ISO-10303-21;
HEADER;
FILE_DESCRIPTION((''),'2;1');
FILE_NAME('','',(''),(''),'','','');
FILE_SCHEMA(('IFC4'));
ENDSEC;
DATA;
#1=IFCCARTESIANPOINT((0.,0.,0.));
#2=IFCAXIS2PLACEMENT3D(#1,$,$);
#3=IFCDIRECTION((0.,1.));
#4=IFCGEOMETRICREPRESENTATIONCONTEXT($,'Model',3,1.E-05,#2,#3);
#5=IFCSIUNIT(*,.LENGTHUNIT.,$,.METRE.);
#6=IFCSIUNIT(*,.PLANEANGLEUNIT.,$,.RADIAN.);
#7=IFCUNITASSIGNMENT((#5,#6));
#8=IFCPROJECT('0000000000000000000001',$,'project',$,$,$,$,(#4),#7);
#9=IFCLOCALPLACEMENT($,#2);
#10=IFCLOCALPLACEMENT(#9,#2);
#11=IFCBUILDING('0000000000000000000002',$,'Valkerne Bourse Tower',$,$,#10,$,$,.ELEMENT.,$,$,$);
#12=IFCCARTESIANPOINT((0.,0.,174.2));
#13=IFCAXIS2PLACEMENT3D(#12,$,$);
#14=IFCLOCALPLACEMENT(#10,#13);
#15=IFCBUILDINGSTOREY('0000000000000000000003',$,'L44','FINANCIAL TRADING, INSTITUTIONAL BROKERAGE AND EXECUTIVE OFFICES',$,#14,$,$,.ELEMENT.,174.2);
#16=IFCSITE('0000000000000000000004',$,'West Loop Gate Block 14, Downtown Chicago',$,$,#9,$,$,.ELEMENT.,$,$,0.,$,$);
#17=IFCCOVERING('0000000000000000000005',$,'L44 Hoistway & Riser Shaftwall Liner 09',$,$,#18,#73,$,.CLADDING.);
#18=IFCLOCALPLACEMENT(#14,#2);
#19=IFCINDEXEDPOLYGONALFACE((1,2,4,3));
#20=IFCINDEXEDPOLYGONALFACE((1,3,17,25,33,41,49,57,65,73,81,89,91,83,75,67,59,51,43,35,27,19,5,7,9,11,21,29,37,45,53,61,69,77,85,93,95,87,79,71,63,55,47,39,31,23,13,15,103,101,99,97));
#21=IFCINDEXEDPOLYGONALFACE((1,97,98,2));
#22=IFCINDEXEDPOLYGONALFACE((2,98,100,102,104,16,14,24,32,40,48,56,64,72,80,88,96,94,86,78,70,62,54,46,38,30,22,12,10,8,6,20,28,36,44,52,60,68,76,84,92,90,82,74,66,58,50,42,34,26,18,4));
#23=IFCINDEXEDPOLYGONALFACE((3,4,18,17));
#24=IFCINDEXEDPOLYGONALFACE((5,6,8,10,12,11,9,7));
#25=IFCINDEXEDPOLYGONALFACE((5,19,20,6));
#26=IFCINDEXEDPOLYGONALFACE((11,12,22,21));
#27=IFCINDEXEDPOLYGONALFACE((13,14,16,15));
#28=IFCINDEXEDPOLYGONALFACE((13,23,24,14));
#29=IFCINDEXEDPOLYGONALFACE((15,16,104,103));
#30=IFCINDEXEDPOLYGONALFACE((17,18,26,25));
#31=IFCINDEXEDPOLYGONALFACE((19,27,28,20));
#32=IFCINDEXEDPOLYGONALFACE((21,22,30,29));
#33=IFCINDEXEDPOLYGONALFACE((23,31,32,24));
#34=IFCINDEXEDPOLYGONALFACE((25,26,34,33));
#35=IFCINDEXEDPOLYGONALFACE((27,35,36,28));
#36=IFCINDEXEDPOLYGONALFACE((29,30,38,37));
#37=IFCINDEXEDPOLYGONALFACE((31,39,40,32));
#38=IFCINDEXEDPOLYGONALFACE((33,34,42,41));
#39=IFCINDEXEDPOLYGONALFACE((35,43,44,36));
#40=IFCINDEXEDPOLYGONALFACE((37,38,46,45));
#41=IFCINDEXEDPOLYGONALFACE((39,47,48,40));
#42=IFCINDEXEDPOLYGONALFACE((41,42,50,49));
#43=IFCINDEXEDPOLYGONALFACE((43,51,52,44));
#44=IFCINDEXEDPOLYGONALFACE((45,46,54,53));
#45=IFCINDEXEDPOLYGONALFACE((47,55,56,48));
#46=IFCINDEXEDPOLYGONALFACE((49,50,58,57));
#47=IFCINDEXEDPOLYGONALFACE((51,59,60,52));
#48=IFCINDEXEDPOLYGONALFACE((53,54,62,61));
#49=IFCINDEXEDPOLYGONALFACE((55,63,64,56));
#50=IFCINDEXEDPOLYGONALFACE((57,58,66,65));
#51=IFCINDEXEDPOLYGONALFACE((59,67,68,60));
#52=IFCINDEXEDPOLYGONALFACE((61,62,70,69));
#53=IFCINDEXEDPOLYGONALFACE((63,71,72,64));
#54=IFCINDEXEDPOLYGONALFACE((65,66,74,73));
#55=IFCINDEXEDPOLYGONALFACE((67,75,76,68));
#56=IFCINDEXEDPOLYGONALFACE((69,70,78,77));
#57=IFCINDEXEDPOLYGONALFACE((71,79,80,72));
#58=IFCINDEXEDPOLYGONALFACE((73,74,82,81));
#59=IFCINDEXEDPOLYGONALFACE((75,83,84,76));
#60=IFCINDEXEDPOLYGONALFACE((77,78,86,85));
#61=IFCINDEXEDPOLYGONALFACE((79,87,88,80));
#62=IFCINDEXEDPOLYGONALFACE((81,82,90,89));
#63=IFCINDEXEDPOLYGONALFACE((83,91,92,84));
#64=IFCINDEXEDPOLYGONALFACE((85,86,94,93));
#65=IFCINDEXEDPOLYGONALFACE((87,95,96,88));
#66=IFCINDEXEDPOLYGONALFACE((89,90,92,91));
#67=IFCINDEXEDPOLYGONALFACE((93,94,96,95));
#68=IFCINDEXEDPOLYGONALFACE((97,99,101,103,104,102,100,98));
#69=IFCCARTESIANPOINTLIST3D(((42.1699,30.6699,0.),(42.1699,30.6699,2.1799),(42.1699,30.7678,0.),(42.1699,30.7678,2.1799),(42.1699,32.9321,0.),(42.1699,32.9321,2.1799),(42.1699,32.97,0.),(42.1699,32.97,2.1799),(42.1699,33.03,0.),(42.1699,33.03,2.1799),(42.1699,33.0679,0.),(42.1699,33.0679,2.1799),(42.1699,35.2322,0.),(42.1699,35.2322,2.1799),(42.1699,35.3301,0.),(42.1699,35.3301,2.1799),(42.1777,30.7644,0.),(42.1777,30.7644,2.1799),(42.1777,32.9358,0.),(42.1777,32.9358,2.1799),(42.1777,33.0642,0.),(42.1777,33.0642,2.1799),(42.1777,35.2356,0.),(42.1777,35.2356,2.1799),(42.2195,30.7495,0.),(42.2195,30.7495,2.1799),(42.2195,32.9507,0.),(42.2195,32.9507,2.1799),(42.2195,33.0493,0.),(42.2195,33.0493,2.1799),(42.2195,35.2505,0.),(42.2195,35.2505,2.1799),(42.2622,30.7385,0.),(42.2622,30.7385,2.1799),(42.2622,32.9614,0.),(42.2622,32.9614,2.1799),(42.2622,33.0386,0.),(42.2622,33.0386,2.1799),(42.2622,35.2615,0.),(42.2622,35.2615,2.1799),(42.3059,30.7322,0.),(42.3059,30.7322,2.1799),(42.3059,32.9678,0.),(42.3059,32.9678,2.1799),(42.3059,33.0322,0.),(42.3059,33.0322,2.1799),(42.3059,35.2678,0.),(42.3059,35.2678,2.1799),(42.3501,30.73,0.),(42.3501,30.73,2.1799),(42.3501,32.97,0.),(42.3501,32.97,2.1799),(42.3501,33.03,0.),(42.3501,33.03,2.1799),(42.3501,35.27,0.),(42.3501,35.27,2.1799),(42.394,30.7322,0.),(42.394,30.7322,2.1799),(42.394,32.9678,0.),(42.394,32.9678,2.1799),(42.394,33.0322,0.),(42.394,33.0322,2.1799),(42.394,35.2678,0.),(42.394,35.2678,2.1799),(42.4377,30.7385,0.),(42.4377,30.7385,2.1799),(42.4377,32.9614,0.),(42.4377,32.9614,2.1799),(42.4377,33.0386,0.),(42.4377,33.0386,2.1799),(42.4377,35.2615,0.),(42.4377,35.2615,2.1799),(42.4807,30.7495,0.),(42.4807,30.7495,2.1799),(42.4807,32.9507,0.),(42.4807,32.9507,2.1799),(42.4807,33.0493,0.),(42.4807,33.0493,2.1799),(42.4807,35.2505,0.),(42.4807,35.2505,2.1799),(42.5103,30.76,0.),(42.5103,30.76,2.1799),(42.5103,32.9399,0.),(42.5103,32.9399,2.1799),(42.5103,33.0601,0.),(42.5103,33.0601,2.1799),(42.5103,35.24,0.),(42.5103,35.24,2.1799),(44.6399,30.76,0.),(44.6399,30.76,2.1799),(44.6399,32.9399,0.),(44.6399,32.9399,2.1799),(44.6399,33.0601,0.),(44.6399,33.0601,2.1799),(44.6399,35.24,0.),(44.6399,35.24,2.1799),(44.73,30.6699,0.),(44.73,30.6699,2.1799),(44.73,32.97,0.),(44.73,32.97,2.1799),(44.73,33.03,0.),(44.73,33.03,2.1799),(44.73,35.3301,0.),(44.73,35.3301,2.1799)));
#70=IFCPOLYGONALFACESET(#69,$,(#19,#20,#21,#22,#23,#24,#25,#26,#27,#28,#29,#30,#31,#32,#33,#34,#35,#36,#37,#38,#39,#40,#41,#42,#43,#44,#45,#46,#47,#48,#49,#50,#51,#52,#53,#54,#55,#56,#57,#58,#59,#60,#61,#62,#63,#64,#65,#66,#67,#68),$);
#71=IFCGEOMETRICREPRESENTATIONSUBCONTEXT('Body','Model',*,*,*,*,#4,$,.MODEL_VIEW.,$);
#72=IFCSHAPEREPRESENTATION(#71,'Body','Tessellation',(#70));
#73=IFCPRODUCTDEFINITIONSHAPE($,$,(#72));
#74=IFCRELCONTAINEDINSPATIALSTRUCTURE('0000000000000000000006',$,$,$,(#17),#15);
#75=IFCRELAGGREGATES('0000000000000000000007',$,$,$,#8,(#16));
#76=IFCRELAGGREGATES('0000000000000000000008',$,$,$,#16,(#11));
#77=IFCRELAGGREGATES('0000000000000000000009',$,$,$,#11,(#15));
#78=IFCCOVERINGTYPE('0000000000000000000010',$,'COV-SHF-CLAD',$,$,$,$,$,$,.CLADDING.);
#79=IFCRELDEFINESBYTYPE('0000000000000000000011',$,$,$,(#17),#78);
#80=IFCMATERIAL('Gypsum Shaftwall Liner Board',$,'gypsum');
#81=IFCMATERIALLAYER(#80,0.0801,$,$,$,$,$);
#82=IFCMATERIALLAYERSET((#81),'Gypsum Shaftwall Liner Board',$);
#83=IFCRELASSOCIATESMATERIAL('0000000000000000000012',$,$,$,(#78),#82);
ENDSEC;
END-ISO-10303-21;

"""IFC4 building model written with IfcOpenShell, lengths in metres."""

from ifc_helpers import new_model, si_unit, direction, frame, origin, place, context, subcontext, project, spatial, polyline, outline, extrude, material, layer, layer_set, type_object, element, save


model = new_model("IFC4")

# Units and contexts
model_context = context("Model", 3, precision=1e-05, world=origin(), true_north=direction((0.0, 1.0)))
body_context = subcontext(model_context, "Body", "Model", "MODEL_VIEW")
ifc_project = project(units=[si_unit("LENGTHUNIT", "METRE"), si_unit("PLANEANGLEUNIT", "RADIAN")], contexts=[model_context])

# Site, building, storey
site_placement = place(None, origin())
site = spatial("IfcSite", under=ifc_project, at=site_placement, Name="West Loop Gate Block 14, Downtown Chicago", CompositionType="ELEMENT", RefElevation=0.0)
building_placement = place(site_placement, origin())
building = spatial("IfcBuilding", under=site, at=building_placement, Name="Valkerne Bourse Tower", CompositionType="ELEMENT")
storey_placement = place(building_placement, frame((0.0, 0.0, 174.2)))
storey = spatial("IfcBuildingStorey", under=building, at=storey_placement, Name="L44", Description="FINANCIAL TRADING, INSTITUTIONAL BROKERAGE AND EXECUTIVE OFFICES", CompositionType="ELEMENT", Elevation=174.2)

# Covering
ifc_material_1 = material(Name="Gypsum Shaftwall Liner Board", Category="gypsum")
ifc_layer_1 = layer(ifc_material_1, 0.0801)
ifc_layer_set_1 = layer_set([ifc_layer_1], Name="Gypsum Shaftwall Liner Board")
covering_type_1 = type_object("IfcCoveringType", Name="COV-SHF-CLAD", PredefinedType="CLADDING", material=ifc_layer_set_1)
covering_1_placement = place(storey_placement, origin())
element("IfcCovering", 1, at=covering_1_placement, inside=storey, type_object=covering_type_1, Name="L44 Hoistway & Riser Shaftwall Liner 09", PredefinedType="CLADDING", context=body_context, shape_type="SweptSolid", body=[
    extrude(outline(polyline([(42.1699, 33.0679), (42.1777, 33.0642), (42.2195, 33.0493), (42.2622, 33.0386), (42.3059, 33.0322), (42.3501, 33.03), (42.394, 33.0322), (42.4377, 33.0386), (42.4807, 33.0493), (42.5103, 33.0601), (44.6399, 33.0601), (44.6399, 35.24), (42.5103, 35.24), (42.4807, 35.2505), (42.4377, 35.2615), (42.394, 35.2678), (42.3501, 35.27), (42.3059, 35.2678), (42.2622, 35.2615), (42.2195, 35.2505), (42.1777, 35.2356), (42.1699, 35.2322), (42.1699, 35.3301), (44.73, 35.3301), (44.73, 33.03), (44.73, 32.97), (44.73, 30.6699), (42.1699, 30.6699), (42.1699, 30.7678), (42.1777, 30.7644), (42.2195, 30.7495), (42.2622, 30.7385), (42.3059, 30.7322), (42.3501, 30.73), (42.394, 30.7322), (42.4377, 30.7385), (42.4807, 30.7495), (42.5103, 30.76), (44.6399, 30.76), (44.6399, 32.9399), (42.5103, 32.9399), (42.4807, 32.9507), (42.4377, 32.9614), (42.394, 32.9678), (42.3501, 32.97), (42.3059, 32.9678), (42.2622, 32.9614), (42.2195, 32.9507), (42.1777, 32.9358), (42.1699, 32.9321), (42.1699, 32.97), (42.1699, 33.03), (42.1699, 33.0679)])), origin(), (0.0, 0.0, 1.0), 2.1799),
])

save(model, "model.ifc")
